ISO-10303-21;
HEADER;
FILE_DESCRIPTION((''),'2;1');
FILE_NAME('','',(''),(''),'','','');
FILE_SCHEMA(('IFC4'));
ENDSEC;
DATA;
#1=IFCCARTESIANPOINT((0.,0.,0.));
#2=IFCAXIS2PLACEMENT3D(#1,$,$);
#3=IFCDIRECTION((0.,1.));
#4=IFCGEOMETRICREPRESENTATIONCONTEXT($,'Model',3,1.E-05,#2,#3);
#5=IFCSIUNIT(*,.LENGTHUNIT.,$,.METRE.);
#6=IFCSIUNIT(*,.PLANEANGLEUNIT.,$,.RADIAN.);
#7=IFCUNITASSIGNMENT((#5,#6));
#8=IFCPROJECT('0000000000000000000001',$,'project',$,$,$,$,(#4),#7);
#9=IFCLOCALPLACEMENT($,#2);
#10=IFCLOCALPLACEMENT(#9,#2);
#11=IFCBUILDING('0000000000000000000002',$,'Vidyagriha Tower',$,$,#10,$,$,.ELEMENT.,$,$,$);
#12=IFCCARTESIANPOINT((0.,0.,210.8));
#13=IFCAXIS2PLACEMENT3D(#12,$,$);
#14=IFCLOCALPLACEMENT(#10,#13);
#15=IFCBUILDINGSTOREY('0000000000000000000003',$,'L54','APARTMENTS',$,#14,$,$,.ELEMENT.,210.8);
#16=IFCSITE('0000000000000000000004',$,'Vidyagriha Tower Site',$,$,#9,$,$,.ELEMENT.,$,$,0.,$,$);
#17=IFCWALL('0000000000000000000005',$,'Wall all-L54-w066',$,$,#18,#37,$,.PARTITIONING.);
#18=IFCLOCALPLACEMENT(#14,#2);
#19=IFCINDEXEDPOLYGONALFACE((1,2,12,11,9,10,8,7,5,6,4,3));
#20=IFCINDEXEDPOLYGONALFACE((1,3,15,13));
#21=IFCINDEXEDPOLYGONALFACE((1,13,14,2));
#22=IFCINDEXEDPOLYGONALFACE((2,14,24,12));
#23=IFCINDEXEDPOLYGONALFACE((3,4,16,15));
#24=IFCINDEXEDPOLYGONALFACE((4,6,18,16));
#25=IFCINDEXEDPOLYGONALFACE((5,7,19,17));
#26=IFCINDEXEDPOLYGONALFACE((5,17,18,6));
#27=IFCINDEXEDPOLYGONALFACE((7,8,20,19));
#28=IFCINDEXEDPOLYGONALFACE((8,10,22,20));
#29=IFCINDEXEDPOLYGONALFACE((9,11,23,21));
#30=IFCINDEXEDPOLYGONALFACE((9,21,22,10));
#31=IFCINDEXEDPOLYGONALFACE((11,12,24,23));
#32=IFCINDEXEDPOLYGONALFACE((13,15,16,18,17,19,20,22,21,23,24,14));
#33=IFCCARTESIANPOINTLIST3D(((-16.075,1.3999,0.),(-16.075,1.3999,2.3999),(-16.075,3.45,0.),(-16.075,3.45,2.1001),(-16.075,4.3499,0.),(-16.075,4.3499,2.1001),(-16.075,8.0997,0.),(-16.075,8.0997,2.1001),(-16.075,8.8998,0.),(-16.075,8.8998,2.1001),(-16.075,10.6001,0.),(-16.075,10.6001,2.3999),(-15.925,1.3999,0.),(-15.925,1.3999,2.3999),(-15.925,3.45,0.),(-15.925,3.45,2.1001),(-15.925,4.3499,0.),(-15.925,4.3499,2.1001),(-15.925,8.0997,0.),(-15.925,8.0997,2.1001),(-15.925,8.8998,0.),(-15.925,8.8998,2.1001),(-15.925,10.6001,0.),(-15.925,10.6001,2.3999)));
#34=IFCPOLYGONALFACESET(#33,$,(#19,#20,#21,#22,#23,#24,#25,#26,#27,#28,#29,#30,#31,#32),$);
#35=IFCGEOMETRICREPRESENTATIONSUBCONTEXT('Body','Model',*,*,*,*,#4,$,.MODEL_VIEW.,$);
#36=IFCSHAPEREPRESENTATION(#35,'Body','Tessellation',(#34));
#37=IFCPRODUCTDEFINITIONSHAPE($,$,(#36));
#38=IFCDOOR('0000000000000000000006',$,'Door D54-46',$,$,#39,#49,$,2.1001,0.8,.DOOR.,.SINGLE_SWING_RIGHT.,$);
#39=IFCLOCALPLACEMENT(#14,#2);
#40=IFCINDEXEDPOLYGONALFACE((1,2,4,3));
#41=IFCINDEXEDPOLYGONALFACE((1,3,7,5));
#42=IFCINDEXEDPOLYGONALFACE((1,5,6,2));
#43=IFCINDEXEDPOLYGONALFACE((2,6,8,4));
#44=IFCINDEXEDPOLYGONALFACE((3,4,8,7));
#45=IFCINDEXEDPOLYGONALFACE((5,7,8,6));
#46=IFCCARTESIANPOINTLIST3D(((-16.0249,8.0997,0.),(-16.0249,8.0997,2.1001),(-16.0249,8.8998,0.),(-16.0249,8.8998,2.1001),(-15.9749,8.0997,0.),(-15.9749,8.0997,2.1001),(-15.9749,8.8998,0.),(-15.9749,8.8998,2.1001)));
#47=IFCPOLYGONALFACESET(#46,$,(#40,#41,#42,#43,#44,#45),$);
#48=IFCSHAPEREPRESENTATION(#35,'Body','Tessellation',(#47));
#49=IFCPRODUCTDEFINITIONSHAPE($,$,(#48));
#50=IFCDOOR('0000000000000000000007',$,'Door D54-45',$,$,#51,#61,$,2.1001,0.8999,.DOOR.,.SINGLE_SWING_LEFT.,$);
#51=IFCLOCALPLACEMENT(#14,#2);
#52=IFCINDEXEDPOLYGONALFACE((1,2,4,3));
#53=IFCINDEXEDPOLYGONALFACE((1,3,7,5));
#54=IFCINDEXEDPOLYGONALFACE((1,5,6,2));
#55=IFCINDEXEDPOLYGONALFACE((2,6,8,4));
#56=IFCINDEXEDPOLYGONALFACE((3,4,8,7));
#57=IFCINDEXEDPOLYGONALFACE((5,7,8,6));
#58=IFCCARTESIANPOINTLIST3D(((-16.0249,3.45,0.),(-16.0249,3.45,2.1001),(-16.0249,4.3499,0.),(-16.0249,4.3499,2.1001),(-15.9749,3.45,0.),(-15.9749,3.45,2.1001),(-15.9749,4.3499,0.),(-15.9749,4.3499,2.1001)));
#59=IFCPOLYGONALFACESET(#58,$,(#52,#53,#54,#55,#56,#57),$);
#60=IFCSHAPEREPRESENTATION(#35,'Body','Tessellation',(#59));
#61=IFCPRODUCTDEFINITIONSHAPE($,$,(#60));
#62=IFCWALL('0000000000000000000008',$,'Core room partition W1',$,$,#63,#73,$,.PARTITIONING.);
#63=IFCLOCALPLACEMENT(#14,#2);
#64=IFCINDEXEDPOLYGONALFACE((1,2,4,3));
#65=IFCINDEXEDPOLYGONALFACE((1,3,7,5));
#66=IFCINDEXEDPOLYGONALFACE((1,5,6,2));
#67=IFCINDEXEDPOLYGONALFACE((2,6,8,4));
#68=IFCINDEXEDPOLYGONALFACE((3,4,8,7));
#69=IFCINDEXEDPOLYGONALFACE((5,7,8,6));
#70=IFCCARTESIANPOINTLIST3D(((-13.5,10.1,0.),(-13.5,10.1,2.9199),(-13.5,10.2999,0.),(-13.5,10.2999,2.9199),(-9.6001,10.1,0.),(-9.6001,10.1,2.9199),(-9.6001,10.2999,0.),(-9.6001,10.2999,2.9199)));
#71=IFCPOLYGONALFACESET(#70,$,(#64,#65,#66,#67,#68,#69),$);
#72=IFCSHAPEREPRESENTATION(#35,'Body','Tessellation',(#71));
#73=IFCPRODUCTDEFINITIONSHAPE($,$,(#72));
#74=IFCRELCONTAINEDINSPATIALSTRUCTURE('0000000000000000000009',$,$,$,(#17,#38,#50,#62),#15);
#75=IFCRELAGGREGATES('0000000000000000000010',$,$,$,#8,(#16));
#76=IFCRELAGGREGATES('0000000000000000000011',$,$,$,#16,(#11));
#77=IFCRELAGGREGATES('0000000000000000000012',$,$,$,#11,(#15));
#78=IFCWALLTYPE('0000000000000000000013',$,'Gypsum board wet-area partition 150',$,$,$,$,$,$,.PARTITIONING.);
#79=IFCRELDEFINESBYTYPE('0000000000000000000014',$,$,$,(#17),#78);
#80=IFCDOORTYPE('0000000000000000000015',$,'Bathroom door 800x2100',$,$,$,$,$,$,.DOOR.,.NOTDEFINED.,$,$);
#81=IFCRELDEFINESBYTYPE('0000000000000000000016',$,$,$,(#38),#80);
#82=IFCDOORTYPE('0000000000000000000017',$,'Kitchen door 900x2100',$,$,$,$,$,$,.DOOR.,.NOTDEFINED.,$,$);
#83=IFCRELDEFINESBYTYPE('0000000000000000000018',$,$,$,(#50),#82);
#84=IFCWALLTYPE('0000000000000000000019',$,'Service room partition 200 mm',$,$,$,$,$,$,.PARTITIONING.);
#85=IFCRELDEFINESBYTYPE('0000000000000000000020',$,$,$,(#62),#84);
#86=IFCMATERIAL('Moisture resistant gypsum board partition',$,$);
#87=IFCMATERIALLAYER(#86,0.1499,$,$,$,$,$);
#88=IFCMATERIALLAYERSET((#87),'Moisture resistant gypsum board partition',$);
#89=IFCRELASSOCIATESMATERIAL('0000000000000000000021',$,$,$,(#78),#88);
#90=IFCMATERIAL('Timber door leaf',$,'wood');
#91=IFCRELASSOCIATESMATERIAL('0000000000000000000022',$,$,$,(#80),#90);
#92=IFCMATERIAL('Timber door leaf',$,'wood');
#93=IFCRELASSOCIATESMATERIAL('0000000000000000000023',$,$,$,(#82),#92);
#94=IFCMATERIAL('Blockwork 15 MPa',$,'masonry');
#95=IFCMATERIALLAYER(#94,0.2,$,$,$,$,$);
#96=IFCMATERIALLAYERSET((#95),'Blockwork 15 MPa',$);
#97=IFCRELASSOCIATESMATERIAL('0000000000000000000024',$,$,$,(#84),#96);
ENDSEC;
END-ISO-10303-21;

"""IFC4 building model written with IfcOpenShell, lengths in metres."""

from ifc_helpers import new_model, si_unit, direction, frame, frame_2d, origin, place, context, subcontext, project, spatial, rectangle, extrude, material, layer, layer_set, type_object, element, fill, save


model = new_model("IFC4")

# Units and contexts
model_context = context("Model", 3, precision=1e-05, world=origin(), true_north=direction((0.0, 1.0)))
body_context = subcontext(model_context, "Body", "Model", "MODEL_VIEW")
ifc_project = project(units=[si_unit("LENGTHUNIT", "METRE"), si_unit("PLANEANGLEUNIT", "RADIAN")], contexts=[model_context])

# Site, building, storey
site_placement = place(None, origin())
site = spatial("IfcSite", under=ifc_project, at=site_placement, Name="Vidyagriha Tower Site", CompositionType="ELEMENT", RefElevation=0.0)
building_placement = place(site_placement, origin())
building = spatial("IfcBuilding", under=site, at=building_placement, Name="Vidyagriha Tower", CompositionType="ELEMENT")
storey_placement = place(building_placement, frame((0.0, 0.0, 210.8)))
storey = spatial("IfcBuildingStorey", under=building, at=storey_placement, Name="L54", Description="APARTMENTS", CompositionType="ELEMENT", Elevation=210.8)

# Wall, openings, doors
ifc_material_1 = material(Name="Moisture resistant gypsum board partition")
ifc_layer_1 = layer(ifc_material_1, 0.1499)
ifc_layer_set_1 = layer_set([ifc_layer_1], Name="Moisture resistant gypsum board partition")
wall_type_1 = type_object("IfcWallType", Name="Gypsum board wet-area partition 150", PredefinedType="PARTITIONING", material=ifc_layer_set_1)
wall_1_placement = place(storey_placement, frame((-16.0, 1.3999, 0.0), z_axis=(0.0, 0.0, 1.0), x_axis=(0.0, 1.0, 0.0)))
wall_1 = element("IfcWall", 1, at=wall_1_placement, inside=storey, type_object=wall_type_1, Name="Wall all-L54-w066", PredefinedType="PARTITIONING", context=body_context, shape_type="SweptSolid", body=[
    extrude(rectangle(XDim=9.2002, YDim=0.1499, at=frame_2d((4.6001, 0.0))), origin(), (0.0, 0.0, 1.0), 2.3999),
])
opening_1_placement = place(wall_1_placement, frame((2.05, 0.0, 0.0)))
opening_1 = element("IfcOpeningElement", 2, at=opening_1_placement, cuts=wall_1, PredefinedType="OPENING", context=body_context, shape_type="SweptSolid", body=[
    extrude(rectangle(XDim=0.8999, YDim=2.1001, at=frame_2d((0.45, 1.05))), frame((0.0, 0.085, 0.0), z_axis=(0.0, -1.0, 0.0), x_axis=(1.0, 0.0, 0.0)), (0.0, 0.0, 1.0), 0.1699),
])
opening_2_placement = place(wall_1_placement, frame((6.7, 0.0, 0.0)))
opening_2 = element("IfcOpeningElement", 3, at=opening_2_placement, cuts=wall_1, PredefinedType="OPENING", context=body_context, shape_type="SweptSolid", body=[
    extrude(rectangle(XDim=0.8, YDim=2.1001, at=frame_2d((0.3999, 1.05))), frame((0.0, 0.085, 0.0), z_axis=(0.0, -1.0, 0.0), x_axis=(1.0, 0.0, 0.0)), (0.0, 0.0, 1.0), 0.1699),
])
ifc_material_2 = material(Name="Timber door leaf", Category="wood")
door_type_1 = type_object("IfcDoorType", Name="Bathroom door 800x2100", OperationType="NOTDEFINED", PredefinedType="DOOR", material=ifc_material_2)
door_1_placement = place(opening_2_placement, origin())
door_1 = element("IfcDoor", 4, at=door_1_placement, inside=storey, type_object=door_type_1, Name="Door D54-46", OperationType="SINGLE_SWING_RIGHT", OverallHeight=2.1001, OverallWidth=0.8, PredefinedType="DOOR", context=body_context, shape_type="SweptSolid", body=[
    extrude(rectangle(XDim=0.8, YDim=2.1001, at=frame_2d((0.3999, 1.05))), frame((0.0, 0.0249, 0.0), z_axis=(0.0, -1.0, 0.0), x_axis=(1.0, 0.0, 0.0)), (0.0, 0.0, 1.0), 0.05),
])
fill(opening_2, door_1)
ifc_material_3 = material(Name="Timber door leaf", Category="wood")
door_type_2 = type_object("IfcDoorType", Name="Kitchen door 900x2100", OperationType="NOTDEFINED", PredefinedType="DOOR", material=ifc_material_3)
door_2_placement = place(opening_1_placement, origin())
door_2 = element("IfcDoor", 5, at=door_2_placement, inside=storey, type_object=door_type_2, Name="Door D54-45", OperationType="SINGLE_SWING_LEFT", OverallHeight=2.1001, OverallWidth=0.8999, PredefinedType="DOOR", context=body_context, shape_type="SweptSolid", body=[
    extrude(rectangle(XDim=0.8999, YDim=2.1001, at=frame_2d((0.45, 1.05))), frame((0.0, 0.0249, 0.0), z_axis=(0.0, -1.0, 0.0), x_axis=(1.0, 0.0, 0.0)), (0.0, 0.0, 1.0), 0.05),
])
fill(opening_1, door_2)

# Wall
ifc_material_4 = material(Name="Blockwork 15 MPa", Category="masonry")
ifc_layer_2 = layer(ifc_material_4, 0.2)
ifc_layer_set_2 = layer_set([ifc_layer_2], Name="Blockwork 15 MPa")
wall_type_2 = type_object("IfcWallType", Name="Service room partition 200 mm", PredefinedType="PARTITIONING", material=ifc_layer_set_2)
wall_2_placement = place(storey_placement, frame((-13.5, 10.2, 0.0)))
element("IfcWall", 6, at=wall_2_placement, inside=storey, type_object=wall_type_2, Name="Core room partition W1", PredefinedType="PARTITIONING", context=body_context, shape_type="SweptSolid", body=[
    extrude(rectangle(XDim=3.8999, YDim=0.2, at=frame_2d((1.95, 0.0))), origin(), (0.0, 0.0, 1.0), 2.9199),
])

save(model, "model.ifc")
